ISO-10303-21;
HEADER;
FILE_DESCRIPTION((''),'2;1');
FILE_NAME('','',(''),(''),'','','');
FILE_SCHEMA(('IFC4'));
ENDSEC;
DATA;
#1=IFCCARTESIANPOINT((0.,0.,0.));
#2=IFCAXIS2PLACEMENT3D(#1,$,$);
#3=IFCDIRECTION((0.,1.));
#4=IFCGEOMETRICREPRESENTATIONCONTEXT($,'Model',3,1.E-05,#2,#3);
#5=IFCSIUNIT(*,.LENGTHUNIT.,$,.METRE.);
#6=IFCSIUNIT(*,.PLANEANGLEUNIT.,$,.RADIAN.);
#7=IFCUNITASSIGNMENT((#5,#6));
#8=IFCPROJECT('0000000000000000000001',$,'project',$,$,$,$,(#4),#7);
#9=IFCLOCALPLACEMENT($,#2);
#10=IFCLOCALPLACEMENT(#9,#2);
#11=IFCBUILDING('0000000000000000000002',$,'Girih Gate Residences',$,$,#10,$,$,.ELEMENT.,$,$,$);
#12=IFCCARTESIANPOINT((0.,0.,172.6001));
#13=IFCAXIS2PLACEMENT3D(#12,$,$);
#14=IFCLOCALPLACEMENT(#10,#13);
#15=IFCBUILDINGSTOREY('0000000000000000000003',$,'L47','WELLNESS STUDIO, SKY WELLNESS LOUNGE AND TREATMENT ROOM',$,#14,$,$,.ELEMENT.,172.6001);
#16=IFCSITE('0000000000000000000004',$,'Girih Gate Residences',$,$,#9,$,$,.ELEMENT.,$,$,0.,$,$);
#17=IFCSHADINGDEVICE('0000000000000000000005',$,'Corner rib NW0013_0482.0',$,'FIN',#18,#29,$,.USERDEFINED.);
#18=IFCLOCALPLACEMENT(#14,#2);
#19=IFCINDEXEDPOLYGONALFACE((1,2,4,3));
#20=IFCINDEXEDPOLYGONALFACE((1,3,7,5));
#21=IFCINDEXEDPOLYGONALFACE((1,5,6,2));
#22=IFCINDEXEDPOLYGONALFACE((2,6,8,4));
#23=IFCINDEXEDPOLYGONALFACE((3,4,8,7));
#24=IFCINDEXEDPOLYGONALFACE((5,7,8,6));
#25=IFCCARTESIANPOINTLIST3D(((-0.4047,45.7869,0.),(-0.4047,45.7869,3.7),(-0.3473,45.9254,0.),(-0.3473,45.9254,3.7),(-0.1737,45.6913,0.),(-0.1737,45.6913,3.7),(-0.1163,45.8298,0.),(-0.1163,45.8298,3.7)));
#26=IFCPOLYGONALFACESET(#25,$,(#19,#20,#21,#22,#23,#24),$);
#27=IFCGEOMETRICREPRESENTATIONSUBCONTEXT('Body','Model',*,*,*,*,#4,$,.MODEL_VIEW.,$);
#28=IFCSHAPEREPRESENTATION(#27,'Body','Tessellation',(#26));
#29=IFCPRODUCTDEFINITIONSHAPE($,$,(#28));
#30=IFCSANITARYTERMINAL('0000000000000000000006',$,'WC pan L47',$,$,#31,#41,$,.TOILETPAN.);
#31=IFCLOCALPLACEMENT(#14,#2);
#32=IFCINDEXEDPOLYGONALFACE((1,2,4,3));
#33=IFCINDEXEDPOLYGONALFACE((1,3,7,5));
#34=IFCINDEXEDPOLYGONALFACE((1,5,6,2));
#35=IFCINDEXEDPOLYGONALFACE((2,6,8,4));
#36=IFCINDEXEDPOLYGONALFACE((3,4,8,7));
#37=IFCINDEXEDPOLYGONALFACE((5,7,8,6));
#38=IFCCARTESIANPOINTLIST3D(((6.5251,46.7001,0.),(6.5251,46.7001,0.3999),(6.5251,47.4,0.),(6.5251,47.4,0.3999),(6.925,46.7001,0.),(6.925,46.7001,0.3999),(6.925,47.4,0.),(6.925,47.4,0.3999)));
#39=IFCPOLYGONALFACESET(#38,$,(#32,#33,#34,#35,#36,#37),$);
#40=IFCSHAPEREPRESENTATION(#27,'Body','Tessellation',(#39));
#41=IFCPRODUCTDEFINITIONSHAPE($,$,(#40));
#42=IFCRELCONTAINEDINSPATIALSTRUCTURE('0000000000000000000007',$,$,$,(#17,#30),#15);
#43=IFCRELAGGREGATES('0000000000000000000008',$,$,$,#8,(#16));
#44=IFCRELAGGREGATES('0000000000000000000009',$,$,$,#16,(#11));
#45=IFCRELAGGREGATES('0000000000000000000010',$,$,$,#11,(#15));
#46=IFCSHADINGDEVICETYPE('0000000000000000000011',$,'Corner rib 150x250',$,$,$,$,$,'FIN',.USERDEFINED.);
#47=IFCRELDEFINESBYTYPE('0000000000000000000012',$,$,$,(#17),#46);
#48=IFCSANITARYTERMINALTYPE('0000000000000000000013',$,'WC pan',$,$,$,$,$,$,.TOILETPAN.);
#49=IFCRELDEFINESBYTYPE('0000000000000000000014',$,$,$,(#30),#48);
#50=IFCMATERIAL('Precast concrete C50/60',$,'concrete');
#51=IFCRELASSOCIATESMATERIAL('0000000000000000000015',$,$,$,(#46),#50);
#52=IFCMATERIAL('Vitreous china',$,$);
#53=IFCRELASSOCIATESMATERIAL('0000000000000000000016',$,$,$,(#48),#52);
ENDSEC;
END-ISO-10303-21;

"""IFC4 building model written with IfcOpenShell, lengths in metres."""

from ifc_helpers import new_model, si_unit, direction, frame, origin, origin_2d, place, context, subcontext, project, spatial, rectangle, extrude, material, type_object, element, save


model = new_model("IFC4")

# Units and contexts
model_context = context("Model", 3, precision=1e-05, world=origin(), true_north=direction((0.0, 1.0)))
body_context = subcontext(model_context, "Body", "Model", "MODEL_VIEW")
ifc_project = project(units=[si_unit("LENGTHUNIT", "METRE"), si_unit("PLANEANGLEUNIT", "RADIAN")], contexts=[model_context])

# Site, building, storey
site_placement = place(None, origin())
site = spatial("IfcSite", under=ifc_project, at=site_placement, Name="Girih Gate Residences", CompositionType="ELEMENT", RefElevation=0.0)
building_placement = place(site_placement, origin())
building = spatial("IfcBuilding", under=site, at=building_placement, Name="Girih Gate Residences", CompositionType="ELEMENT")
storey_placement = place(building_placement, frame((0.0, 0.0, 172.6001)))
storey = spatial("IfcBuildingStorey", under=building, at=storey_placement, Name="L47", Description="WELLNESS STUDIO, SKY WELLNESS LOUNGE AND TREATMENT ROOM", CompositionType="ELEMENT", Elevation=172.6001)

# Shared definitions
ifc_material_1 = material(Name="Precast concrete C50/60", Category="concrete")

# Shading device
shading_device_type = type_object("IfcShadingDeviceType", Name="Corner rib 150x250", ElementType="FIN", PredefinedType="USERDEFINED", material=ifc_material_1)
for number, where, z_axis, x_axis, name in (
    (1, (-0.2605, 45.8083, 0.0), (0.0, 0.0, 1.0), (-0.382683, -0.92388, 0.0), "Corner rib NW0013_0482.0"),
):
    element("IfcShadingDevice", number, at=place(storey_placement, frame(where, z_axis=z_axis, x_axis=x_axis)), inside=storey, type_object=shading_device_type, Name=name, ObjectType="FIN", PredefinedType="USERDEFINED", context=body_context, shape_type="SweptSolid", body=[
        extrude(rectangle(XDim=0.1499, YDim=0.25, at=origin_2d()), origin(), (0.0, 0.0, 1.0), 3.7),
    ])

# Sanitary terminal
ifc_material_2 = material(Name="Vitreous china")
sanitary_terminal_type = type_object("IfcSanitaryTerminalType", Name="WC pan", PredefinedType="TOILETPAN", material=ifc_material_2)
sanitary_terminal_placement = place(storey_placement, frame((6.7251, 47.05, 0.0), z_axis=(0.0, 0.0, 1.0), x_axis=(1.0, 0.0, 0.0)))
element("IfcSanitaryTerminal", 2, at=sanitary_terminal_placement, inside=storey, type_object=sanitary_terminal_type, Name="WC pan L47", PredefinedType="TOILETPAN", context=body_context, shape_type="SweptSolid", body=[
    extrude(rectangle(XDim=0.3999, YDim=0.7, at=origin_2d()), origin(), (0.0, 0.0, 1.0), 0.3999),
])

save(model, "model.ifc")
